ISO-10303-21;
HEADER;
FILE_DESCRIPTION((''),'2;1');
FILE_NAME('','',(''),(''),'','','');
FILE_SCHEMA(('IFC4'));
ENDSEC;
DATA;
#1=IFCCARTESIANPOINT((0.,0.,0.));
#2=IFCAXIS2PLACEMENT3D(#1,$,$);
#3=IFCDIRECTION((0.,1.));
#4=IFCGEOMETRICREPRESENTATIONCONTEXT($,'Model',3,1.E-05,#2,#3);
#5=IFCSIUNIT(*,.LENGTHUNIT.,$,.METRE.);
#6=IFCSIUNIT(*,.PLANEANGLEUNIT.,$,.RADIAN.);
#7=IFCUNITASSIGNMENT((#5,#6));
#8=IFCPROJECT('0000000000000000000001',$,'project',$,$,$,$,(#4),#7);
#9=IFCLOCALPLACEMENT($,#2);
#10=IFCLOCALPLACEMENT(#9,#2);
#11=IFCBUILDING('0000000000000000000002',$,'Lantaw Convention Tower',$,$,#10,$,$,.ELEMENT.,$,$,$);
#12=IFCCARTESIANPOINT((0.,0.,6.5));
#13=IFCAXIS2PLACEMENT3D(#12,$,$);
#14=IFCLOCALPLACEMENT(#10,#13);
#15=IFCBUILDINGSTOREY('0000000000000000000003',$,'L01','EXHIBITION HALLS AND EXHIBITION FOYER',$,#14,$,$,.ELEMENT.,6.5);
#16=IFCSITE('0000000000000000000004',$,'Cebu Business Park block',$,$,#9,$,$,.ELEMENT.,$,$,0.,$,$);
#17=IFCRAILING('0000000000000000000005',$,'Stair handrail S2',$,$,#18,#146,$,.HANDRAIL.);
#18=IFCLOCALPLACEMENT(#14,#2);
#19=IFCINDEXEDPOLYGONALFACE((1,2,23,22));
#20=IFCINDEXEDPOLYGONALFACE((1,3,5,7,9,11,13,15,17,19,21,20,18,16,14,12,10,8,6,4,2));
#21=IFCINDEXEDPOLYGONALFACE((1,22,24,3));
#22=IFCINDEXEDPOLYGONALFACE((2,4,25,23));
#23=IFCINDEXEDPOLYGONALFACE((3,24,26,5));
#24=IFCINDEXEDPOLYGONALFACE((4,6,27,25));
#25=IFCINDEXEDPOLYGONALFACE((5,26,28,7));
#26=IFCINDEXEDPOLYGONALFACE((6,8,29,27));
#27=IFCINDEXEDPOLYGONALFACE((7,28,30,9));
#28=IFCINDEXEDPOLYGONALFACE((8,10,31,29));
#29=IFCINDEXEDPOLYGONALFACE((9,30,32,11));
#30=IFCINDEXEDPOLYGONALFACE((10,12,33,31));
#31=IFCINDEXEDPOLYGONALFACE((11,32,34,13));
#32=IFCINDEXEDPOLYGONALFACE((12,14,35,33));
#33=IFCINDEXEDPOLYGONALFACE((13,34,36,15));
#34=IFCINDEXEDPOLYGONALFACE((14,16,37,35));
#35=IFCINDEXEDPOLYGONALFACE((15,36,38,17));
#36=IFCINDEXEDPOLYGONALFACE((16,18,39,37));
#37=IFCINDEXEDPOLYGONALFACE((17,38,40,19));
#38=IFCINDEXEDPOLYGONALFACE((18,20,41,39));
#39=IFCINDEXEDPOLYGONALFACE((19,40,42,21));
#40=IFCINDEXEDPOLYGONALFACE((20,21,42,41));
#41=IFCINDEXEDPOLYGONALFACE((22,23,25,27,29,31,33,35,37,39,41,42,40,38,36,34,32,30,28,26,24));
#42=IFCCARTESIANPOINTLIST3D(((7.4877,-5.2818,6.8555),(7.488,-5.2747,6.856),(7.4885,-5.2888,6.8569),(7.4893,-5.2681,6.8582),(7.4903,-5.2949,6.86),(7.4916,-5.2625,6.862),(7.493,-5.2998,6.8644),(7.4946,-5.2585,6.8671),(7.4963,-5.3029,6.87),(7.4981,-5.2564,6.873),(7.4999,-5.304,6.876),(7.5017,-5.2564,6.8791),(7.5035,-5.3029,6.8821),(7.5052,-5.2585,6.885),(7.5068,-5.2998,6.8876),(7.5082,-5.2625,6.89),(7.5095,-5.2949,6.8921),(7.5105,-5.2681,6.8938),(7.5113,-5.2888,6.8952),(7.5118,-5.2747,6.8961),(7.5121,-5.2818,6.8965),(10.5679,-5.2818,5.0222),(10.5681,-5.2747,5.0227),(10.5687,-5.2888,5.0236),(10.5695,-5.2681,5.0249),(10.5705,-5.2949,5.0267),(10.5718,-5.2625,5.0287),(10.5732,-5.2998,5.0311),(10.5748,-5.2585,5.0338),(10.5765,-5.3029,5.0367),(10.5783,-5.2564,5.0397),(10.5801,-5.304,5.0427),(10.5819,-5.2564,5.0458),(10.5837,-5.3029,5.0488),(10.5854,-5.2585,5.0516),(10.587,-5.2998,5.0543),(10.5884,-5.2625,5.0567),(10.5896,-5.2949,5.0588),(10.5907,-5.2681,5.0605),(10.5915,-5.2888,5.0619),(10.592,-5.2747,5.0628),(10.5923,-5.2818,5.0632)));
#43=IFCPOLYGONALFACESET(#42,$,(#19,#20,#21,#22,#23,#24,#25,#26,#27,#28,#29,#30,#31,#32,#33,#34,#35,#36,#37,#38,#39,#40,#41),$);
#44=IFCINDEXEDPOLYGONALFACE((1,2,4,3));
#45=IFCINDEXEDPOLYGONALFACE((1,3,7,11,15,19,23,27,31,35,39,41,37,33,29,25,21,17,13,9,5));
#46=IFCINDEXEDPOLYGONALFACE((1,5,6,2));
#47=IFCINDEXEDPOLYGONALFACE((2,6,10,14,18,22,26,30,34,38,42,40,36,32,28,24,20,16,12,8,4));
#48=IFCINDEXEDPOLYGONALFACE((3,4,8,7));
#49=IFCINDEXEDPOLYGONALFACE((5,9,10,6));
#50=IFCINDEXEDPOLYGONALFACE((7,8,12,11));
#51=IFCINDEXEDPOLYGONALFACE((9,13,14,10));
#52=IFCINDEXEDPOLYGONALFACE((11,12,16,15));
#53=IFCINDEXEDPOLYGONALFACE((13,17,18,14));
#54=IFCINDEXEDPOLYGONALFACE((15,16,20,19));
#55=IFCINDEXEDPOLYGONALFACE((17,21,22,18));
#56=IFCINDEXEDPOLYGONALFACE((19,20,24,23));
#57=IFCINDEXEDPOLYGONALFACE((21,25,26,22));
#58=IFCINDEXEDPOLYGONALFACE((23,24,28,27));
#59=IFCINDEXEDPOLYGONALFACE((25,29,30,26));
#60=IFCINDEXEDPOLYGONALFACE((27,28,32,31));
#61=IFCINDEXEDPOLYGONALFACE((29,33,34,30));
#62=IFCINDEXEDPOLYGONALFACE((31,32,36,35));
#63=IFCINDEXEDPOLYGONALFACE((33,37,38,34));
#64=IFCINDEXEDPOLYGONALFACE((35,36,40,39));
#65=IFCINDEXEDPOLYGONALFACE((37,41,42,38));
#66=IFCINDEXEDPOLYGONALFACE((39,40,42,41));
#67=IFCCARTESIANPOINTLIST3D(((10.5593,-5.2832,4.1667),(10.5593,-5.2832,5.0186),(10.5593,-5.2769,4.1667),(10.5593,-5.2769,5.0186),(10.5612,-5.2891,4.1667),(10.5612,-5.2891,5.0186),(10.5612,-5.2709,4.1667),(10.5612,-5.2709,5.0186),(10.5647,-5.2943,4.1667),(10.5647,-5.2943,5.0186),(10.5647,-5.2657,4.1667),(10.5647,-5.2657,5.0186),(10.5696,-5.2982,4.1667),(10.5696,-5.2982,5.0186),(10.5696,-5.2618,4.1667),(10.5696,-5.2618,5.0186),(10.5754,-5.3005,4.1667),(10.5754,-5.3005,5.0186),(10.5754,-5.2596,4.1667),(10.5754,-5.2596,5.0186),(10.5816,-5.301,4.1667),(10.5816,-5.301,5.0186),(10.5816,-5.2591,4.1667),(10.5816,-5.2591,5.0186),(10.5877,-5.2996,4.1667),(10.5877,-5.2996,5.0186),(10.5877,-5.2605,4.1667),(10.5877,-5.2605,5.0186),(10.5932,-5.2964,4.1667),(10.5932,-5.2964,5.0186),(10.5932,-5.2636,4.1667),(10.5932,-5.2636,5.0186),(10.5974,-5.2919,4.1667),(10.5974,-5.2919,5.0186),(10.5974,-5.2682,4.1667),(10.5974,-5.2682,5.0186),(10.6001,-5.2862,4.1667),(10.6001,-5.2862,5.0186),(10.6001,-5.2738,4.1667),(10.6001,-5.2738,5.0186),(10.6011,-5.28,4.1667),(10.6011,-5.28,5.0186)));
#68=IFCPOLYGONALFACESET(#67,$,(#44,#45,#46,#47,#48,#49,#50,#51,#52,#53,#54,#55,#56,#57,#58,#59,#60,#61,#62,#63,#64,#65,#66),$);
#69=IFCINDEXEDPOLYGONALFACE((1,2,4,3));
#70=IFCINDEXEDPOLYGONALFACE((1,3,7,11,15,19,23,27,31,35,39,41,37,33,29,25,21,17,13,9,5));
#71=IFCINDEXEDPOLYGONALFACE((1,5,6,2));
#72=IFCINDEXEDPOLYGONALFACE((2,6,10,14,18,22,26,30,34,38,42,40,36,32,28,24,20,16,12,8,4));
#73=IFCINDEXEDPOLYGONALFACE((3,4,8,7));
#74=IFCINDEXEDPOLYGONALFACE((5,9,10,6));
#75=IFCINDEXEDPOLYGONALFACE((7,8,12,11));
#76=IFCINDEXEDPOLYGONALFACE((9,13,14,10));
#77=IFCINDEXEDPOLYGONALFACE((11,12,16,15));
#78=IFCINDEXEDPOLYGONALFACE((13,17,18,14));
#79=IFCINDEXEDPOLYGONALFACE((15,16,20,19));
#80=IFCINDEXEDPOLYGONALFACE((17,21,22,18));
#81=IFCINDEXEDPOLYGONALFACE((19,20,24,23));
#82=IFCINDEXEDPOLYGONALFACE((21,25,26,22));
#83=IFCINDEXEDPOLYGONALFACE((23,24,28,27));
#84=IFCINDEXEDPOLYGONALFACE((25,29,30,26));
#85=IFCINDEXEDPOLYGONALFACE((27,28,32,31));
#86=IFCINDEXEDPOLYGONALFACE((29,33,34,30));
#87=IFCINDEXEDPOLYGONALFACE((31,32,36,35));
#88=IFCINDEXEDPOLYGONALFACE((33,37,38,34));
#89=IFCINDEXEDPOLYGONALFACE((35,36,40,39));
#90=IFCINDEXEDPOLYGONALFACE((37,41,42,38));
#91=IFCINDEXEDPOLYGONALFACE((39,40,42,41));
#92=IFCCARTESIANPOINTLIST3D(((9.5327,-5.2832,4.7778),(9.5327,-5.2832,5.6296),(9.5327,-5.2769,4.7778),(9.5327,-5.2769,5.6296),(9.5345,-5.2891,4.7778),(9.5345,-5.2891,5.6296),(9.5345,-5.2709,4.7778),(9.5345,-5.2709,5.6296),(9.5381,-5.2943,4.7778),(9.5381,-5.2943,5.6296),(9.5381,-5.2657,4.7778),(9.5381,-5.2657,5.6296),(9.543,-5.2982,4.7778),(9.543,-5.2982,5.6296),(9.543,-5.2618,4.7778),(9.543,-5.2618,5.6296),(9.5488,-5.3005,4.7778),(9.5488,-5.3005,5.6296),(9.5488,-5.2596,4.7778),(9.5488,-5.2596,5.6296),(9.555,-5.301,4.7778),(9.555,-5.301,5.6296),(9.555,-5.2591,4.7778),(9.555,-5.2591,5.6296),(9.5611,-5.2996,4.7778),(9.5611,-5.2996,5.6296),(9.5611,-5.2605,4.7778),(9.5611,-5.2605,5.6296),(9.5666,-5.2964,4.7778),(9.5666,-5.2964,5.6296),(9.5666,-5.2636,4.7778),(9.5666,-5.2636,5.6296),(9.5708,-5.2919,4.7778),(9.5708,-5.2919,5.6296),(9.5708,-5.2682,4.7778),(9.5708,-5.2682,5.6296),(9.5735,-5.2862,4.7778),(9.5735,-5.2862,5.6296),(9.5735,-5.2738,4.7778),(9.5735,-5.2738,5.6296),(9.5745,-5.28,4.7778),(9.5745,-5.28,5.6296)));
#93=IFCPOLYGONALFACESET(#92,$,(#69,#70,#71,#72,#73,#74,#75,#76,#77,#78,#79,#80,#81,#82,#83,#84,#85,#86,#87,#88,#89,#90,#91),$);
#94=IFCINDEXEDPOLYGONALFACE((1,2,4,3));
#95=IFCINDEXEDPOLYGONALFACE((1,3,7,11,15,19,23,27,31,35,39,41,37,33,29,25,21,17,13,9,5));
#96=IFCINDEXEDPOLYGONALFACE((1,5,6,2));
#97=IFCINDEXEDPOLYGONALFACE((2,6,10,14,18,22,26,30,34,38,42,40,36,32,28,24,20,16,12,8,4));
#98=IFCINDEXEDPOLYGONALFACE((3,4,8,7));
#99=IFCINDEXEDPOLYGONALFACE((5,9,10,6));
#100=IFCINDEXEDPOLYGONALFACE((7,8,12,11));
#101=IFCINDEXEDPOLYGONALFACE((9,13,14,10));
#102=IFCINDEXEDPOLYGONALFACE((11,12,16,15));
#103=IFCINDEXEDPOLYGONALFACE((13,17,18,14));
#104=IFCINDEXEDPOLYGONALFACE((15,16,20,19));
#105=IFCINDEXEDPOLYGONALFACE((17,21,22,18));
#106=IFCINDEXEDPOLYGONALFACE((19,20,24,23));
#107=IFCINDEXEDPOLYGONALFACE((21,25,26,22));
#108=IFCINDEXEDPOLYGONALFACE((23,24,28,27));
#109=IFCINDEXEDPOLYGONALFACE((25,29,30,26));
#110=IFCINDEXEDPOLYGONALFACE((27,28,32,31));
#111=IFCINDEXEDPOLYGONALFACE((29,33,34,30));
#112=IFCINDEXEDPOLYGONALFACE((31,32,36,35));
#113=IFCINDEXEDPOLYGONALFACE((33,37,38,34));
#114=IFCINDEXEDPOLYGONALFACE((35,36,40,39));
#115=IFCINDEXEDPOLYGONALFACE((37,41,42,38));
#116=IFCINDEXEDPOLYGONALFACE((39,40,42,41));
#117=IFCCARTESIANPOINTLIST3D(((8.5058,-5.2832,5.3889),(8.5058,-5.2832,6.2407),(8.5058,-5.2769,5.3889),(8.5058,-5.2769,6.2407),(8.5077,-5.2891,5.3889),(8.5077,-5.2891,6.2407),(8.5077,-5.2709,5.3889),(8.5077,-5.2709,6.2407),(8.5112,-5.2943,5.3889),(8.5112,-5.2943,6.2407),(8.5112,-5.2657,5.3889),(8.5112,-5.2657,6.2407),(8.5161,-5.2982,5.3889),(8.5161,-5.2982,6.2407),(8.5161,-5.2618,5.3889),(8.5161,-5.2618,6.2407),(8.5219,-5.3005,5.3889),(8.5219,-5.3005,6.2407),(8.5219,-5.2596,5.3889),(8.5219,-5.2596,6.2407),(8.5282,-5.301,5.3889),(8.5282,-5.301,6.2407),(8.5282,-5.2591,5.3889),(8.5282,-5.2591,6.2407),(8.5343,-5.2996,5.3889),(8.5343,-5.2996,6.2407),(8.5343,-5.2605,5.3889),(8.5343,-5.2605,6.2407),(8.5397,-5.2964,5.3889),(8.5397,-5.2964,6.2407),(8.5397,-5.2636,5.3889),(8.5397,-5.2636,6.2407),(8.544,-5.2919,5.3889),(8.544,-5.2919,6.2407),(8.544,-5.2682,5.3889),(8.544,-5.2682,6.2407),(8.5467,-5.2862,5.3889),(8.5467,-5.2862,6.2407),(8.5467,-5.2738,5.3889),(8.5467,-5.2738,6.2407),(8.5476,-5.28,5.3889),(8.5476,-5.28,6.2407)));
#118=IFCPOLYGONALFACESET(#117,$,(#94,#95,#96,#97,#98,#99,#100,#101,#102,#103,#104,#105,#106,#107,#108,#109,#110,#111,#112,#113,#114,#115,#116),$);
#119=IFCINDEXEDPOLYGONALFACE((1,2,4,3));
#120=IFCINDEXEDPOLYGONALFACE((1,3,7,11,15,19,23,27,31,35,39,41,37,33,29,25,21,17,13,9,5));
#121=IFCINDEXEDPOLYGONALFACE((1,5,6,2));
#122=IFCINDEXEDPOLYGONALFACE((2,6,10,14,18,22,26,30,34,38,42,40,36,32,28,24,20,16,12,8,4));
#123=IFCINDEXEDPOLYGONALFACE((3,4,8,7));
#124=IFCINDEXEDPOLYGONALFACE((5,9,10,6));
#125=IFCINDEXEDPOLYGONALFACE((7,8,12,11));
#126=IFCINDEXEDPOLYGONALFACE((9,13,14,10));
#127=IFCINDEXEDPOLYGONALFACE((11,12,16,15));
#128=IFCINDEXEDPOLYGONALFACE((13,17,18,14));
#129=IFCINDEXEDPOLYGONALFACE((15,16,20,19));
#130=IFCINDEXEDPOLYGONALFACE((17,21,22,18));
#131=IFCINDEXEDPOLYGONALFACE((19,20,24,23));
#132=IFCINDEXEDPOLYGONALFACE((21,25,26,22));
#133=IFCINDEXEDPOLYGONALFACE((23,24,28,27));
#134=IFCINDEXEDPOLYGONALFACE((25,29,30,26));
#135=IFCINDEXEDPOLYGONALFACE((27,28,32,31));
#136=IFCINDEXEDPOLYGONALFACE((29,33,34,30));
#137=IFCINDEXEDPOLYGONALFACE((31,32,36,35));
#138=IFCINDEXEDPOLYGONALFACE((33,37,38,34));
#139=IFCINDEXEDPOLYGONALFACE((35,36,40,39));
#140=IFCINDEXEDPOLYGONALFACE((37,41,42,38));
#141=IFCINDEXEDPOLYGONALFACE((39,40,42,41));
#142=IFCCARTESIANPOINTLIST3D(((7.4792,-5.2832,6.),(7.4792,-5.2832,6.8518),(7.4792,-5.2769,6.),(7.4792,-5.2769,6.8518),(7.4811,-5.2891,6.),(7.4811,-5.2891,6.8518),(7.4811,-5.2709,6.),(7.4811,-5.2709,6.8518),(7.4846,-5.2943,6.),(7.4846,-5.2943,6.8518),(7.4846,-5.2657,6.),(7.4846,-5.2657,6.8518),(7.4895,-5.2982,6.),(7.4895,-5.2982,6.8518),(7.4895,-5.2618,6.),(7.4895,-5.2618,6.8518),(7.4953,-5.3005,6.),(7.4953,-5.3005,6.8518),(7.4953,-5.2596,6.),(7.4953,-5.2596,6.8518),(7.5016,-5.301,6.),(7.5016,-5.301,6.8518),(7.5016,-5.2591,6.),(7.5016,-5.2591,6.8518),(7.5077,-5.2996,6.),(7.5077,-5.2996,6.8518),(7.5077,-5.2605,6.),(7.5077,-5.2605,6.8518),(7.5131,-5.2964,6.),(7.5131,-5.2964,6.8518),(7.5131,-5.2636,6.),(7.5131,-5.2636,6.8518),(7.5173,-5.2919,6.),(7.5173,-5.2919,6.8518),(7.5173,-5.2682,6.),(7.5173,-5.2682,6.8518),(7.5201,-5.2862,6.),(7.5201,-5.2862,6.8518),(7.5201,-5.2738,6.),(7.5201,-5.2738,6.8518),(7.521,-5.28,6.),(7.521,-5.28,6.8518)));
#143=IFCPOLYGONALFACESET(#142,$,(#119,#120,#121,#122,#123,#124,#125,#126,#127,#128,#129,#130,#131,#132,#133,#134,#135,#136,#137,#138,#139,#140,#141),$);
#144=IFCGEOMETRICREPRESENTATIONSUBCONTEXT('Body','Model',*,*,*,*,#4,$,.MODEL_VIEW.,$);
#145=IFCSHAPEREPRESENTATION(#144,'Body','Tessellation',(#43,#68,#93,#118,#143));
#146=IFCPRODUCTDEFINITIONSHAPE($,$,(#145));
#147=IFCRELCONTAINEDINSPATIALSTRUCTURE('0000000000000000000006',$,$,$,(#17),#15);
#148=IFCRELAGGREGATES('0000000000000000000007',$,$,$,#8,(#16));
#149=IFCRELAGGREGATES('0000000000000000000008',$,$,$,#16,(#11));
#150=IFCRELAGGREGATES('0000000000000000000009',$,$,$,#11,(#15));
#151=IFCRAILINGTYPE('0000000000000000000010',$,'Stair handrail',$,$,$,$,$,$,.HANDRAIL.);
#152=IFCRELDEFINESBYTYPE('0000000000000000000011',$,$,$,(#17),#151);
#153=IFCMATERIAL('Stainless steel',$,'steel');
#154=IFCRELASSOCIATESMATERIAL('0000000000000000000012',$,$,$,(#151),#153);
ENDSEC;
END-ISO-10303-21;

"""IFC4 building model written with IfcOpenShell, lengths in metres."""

from ifc_helpers import new_model, si_unit, direction, frame, origin, origin_2d, place, context, subcontext, project, spatial, circle, extrude, material, type_object, element, save


model = new_model("IFC4")

# Units and contexts
model_context = context("Model", 3, precision=1e-05, world=origin(), true_north=direction((0.0, 1.0)))
body_context = subcontext(model_context, "Body", "Model", "MODEL_VIEW")
ifc_project = project(units=[si_unit("LENGTHUNIT", "METRE"), si_unit("PLANEANGLEUNIT", "RADIAN")], contexts=[model_context])

# Site, building, storey
site_placement = place(None, origin())
site = spatial("IfcSite", under=ifc_project, at=site_placement, Name="Cebu Business Park block", CompositionType="ELEMENT", RefElevation=0.0)
building_placement = place(site_placement, origin())
building = spatial("IfcBuilding", under=site, at=building_placement, Name="Lantaw Convention Tower", CompositionType="ELEMENT")
storey_placement = place(building_placement, frame((0.0, 0.0, 6.5)))
storey = spatial("IfcBuildingStorey", under=building, at=storey_placement, Name="L01", Description="EXHIBITION HALLS AND EXHIBITION FOYER", CompositionType="ELEMENT", Elevation=6.5)

# Railing
ifc_material_1 = material(Name="Stainless steel", Category="steel")
railing_type = type_object("IfcRailingType", Name="Stair handrail", PredefinedType="HANDRAIL", material=ifc_material_1)
railing_1_placement = place(storey_placement, frame((10.5801, -5.28, 4.1667)))
element("IfcRailing", 1, at=railing_1_placement, inside=storey, type_object=railing_type, Name="Stair handrail S2", PredefinedType="HANDRAIL", context=body_context, shape_type="SweptSolid", body=[
    extrude(circle(Radius=0.0239, at=origin_2d()), frame((0.0, 0.0, 0.876), z_axis=(-0.859309, 0.0, 0.511458), x_axis=(0.0, -1.0, 0.0)), (0.0, 0.0, 1.0), 3.5845),
    extrude(circle(Radius=0.021, at=origin_2d()), origin(), (0.0, 0.0, 1.0), 0.8518),
    extrude(circle(Radius=0.021, at=origin_2d()), frame((-1.0266, 0.0, 0.6111)), (0.0, 0.0, 1.0), 0.8518),
    extrude(circle(Radius=0.021, at=origin_2d()), frame((-2.0535, 0.0, 1.2222)), (0.0, 0.0, 1.0), 0.8518),
    extrude(circle(Radius=0.021, at=origin_2d()), frame((-3.0801, 0.0, 1.8333)), (0.0, 0.0, 1.0), 0.8518),
])

save(model, "model.ifc")
